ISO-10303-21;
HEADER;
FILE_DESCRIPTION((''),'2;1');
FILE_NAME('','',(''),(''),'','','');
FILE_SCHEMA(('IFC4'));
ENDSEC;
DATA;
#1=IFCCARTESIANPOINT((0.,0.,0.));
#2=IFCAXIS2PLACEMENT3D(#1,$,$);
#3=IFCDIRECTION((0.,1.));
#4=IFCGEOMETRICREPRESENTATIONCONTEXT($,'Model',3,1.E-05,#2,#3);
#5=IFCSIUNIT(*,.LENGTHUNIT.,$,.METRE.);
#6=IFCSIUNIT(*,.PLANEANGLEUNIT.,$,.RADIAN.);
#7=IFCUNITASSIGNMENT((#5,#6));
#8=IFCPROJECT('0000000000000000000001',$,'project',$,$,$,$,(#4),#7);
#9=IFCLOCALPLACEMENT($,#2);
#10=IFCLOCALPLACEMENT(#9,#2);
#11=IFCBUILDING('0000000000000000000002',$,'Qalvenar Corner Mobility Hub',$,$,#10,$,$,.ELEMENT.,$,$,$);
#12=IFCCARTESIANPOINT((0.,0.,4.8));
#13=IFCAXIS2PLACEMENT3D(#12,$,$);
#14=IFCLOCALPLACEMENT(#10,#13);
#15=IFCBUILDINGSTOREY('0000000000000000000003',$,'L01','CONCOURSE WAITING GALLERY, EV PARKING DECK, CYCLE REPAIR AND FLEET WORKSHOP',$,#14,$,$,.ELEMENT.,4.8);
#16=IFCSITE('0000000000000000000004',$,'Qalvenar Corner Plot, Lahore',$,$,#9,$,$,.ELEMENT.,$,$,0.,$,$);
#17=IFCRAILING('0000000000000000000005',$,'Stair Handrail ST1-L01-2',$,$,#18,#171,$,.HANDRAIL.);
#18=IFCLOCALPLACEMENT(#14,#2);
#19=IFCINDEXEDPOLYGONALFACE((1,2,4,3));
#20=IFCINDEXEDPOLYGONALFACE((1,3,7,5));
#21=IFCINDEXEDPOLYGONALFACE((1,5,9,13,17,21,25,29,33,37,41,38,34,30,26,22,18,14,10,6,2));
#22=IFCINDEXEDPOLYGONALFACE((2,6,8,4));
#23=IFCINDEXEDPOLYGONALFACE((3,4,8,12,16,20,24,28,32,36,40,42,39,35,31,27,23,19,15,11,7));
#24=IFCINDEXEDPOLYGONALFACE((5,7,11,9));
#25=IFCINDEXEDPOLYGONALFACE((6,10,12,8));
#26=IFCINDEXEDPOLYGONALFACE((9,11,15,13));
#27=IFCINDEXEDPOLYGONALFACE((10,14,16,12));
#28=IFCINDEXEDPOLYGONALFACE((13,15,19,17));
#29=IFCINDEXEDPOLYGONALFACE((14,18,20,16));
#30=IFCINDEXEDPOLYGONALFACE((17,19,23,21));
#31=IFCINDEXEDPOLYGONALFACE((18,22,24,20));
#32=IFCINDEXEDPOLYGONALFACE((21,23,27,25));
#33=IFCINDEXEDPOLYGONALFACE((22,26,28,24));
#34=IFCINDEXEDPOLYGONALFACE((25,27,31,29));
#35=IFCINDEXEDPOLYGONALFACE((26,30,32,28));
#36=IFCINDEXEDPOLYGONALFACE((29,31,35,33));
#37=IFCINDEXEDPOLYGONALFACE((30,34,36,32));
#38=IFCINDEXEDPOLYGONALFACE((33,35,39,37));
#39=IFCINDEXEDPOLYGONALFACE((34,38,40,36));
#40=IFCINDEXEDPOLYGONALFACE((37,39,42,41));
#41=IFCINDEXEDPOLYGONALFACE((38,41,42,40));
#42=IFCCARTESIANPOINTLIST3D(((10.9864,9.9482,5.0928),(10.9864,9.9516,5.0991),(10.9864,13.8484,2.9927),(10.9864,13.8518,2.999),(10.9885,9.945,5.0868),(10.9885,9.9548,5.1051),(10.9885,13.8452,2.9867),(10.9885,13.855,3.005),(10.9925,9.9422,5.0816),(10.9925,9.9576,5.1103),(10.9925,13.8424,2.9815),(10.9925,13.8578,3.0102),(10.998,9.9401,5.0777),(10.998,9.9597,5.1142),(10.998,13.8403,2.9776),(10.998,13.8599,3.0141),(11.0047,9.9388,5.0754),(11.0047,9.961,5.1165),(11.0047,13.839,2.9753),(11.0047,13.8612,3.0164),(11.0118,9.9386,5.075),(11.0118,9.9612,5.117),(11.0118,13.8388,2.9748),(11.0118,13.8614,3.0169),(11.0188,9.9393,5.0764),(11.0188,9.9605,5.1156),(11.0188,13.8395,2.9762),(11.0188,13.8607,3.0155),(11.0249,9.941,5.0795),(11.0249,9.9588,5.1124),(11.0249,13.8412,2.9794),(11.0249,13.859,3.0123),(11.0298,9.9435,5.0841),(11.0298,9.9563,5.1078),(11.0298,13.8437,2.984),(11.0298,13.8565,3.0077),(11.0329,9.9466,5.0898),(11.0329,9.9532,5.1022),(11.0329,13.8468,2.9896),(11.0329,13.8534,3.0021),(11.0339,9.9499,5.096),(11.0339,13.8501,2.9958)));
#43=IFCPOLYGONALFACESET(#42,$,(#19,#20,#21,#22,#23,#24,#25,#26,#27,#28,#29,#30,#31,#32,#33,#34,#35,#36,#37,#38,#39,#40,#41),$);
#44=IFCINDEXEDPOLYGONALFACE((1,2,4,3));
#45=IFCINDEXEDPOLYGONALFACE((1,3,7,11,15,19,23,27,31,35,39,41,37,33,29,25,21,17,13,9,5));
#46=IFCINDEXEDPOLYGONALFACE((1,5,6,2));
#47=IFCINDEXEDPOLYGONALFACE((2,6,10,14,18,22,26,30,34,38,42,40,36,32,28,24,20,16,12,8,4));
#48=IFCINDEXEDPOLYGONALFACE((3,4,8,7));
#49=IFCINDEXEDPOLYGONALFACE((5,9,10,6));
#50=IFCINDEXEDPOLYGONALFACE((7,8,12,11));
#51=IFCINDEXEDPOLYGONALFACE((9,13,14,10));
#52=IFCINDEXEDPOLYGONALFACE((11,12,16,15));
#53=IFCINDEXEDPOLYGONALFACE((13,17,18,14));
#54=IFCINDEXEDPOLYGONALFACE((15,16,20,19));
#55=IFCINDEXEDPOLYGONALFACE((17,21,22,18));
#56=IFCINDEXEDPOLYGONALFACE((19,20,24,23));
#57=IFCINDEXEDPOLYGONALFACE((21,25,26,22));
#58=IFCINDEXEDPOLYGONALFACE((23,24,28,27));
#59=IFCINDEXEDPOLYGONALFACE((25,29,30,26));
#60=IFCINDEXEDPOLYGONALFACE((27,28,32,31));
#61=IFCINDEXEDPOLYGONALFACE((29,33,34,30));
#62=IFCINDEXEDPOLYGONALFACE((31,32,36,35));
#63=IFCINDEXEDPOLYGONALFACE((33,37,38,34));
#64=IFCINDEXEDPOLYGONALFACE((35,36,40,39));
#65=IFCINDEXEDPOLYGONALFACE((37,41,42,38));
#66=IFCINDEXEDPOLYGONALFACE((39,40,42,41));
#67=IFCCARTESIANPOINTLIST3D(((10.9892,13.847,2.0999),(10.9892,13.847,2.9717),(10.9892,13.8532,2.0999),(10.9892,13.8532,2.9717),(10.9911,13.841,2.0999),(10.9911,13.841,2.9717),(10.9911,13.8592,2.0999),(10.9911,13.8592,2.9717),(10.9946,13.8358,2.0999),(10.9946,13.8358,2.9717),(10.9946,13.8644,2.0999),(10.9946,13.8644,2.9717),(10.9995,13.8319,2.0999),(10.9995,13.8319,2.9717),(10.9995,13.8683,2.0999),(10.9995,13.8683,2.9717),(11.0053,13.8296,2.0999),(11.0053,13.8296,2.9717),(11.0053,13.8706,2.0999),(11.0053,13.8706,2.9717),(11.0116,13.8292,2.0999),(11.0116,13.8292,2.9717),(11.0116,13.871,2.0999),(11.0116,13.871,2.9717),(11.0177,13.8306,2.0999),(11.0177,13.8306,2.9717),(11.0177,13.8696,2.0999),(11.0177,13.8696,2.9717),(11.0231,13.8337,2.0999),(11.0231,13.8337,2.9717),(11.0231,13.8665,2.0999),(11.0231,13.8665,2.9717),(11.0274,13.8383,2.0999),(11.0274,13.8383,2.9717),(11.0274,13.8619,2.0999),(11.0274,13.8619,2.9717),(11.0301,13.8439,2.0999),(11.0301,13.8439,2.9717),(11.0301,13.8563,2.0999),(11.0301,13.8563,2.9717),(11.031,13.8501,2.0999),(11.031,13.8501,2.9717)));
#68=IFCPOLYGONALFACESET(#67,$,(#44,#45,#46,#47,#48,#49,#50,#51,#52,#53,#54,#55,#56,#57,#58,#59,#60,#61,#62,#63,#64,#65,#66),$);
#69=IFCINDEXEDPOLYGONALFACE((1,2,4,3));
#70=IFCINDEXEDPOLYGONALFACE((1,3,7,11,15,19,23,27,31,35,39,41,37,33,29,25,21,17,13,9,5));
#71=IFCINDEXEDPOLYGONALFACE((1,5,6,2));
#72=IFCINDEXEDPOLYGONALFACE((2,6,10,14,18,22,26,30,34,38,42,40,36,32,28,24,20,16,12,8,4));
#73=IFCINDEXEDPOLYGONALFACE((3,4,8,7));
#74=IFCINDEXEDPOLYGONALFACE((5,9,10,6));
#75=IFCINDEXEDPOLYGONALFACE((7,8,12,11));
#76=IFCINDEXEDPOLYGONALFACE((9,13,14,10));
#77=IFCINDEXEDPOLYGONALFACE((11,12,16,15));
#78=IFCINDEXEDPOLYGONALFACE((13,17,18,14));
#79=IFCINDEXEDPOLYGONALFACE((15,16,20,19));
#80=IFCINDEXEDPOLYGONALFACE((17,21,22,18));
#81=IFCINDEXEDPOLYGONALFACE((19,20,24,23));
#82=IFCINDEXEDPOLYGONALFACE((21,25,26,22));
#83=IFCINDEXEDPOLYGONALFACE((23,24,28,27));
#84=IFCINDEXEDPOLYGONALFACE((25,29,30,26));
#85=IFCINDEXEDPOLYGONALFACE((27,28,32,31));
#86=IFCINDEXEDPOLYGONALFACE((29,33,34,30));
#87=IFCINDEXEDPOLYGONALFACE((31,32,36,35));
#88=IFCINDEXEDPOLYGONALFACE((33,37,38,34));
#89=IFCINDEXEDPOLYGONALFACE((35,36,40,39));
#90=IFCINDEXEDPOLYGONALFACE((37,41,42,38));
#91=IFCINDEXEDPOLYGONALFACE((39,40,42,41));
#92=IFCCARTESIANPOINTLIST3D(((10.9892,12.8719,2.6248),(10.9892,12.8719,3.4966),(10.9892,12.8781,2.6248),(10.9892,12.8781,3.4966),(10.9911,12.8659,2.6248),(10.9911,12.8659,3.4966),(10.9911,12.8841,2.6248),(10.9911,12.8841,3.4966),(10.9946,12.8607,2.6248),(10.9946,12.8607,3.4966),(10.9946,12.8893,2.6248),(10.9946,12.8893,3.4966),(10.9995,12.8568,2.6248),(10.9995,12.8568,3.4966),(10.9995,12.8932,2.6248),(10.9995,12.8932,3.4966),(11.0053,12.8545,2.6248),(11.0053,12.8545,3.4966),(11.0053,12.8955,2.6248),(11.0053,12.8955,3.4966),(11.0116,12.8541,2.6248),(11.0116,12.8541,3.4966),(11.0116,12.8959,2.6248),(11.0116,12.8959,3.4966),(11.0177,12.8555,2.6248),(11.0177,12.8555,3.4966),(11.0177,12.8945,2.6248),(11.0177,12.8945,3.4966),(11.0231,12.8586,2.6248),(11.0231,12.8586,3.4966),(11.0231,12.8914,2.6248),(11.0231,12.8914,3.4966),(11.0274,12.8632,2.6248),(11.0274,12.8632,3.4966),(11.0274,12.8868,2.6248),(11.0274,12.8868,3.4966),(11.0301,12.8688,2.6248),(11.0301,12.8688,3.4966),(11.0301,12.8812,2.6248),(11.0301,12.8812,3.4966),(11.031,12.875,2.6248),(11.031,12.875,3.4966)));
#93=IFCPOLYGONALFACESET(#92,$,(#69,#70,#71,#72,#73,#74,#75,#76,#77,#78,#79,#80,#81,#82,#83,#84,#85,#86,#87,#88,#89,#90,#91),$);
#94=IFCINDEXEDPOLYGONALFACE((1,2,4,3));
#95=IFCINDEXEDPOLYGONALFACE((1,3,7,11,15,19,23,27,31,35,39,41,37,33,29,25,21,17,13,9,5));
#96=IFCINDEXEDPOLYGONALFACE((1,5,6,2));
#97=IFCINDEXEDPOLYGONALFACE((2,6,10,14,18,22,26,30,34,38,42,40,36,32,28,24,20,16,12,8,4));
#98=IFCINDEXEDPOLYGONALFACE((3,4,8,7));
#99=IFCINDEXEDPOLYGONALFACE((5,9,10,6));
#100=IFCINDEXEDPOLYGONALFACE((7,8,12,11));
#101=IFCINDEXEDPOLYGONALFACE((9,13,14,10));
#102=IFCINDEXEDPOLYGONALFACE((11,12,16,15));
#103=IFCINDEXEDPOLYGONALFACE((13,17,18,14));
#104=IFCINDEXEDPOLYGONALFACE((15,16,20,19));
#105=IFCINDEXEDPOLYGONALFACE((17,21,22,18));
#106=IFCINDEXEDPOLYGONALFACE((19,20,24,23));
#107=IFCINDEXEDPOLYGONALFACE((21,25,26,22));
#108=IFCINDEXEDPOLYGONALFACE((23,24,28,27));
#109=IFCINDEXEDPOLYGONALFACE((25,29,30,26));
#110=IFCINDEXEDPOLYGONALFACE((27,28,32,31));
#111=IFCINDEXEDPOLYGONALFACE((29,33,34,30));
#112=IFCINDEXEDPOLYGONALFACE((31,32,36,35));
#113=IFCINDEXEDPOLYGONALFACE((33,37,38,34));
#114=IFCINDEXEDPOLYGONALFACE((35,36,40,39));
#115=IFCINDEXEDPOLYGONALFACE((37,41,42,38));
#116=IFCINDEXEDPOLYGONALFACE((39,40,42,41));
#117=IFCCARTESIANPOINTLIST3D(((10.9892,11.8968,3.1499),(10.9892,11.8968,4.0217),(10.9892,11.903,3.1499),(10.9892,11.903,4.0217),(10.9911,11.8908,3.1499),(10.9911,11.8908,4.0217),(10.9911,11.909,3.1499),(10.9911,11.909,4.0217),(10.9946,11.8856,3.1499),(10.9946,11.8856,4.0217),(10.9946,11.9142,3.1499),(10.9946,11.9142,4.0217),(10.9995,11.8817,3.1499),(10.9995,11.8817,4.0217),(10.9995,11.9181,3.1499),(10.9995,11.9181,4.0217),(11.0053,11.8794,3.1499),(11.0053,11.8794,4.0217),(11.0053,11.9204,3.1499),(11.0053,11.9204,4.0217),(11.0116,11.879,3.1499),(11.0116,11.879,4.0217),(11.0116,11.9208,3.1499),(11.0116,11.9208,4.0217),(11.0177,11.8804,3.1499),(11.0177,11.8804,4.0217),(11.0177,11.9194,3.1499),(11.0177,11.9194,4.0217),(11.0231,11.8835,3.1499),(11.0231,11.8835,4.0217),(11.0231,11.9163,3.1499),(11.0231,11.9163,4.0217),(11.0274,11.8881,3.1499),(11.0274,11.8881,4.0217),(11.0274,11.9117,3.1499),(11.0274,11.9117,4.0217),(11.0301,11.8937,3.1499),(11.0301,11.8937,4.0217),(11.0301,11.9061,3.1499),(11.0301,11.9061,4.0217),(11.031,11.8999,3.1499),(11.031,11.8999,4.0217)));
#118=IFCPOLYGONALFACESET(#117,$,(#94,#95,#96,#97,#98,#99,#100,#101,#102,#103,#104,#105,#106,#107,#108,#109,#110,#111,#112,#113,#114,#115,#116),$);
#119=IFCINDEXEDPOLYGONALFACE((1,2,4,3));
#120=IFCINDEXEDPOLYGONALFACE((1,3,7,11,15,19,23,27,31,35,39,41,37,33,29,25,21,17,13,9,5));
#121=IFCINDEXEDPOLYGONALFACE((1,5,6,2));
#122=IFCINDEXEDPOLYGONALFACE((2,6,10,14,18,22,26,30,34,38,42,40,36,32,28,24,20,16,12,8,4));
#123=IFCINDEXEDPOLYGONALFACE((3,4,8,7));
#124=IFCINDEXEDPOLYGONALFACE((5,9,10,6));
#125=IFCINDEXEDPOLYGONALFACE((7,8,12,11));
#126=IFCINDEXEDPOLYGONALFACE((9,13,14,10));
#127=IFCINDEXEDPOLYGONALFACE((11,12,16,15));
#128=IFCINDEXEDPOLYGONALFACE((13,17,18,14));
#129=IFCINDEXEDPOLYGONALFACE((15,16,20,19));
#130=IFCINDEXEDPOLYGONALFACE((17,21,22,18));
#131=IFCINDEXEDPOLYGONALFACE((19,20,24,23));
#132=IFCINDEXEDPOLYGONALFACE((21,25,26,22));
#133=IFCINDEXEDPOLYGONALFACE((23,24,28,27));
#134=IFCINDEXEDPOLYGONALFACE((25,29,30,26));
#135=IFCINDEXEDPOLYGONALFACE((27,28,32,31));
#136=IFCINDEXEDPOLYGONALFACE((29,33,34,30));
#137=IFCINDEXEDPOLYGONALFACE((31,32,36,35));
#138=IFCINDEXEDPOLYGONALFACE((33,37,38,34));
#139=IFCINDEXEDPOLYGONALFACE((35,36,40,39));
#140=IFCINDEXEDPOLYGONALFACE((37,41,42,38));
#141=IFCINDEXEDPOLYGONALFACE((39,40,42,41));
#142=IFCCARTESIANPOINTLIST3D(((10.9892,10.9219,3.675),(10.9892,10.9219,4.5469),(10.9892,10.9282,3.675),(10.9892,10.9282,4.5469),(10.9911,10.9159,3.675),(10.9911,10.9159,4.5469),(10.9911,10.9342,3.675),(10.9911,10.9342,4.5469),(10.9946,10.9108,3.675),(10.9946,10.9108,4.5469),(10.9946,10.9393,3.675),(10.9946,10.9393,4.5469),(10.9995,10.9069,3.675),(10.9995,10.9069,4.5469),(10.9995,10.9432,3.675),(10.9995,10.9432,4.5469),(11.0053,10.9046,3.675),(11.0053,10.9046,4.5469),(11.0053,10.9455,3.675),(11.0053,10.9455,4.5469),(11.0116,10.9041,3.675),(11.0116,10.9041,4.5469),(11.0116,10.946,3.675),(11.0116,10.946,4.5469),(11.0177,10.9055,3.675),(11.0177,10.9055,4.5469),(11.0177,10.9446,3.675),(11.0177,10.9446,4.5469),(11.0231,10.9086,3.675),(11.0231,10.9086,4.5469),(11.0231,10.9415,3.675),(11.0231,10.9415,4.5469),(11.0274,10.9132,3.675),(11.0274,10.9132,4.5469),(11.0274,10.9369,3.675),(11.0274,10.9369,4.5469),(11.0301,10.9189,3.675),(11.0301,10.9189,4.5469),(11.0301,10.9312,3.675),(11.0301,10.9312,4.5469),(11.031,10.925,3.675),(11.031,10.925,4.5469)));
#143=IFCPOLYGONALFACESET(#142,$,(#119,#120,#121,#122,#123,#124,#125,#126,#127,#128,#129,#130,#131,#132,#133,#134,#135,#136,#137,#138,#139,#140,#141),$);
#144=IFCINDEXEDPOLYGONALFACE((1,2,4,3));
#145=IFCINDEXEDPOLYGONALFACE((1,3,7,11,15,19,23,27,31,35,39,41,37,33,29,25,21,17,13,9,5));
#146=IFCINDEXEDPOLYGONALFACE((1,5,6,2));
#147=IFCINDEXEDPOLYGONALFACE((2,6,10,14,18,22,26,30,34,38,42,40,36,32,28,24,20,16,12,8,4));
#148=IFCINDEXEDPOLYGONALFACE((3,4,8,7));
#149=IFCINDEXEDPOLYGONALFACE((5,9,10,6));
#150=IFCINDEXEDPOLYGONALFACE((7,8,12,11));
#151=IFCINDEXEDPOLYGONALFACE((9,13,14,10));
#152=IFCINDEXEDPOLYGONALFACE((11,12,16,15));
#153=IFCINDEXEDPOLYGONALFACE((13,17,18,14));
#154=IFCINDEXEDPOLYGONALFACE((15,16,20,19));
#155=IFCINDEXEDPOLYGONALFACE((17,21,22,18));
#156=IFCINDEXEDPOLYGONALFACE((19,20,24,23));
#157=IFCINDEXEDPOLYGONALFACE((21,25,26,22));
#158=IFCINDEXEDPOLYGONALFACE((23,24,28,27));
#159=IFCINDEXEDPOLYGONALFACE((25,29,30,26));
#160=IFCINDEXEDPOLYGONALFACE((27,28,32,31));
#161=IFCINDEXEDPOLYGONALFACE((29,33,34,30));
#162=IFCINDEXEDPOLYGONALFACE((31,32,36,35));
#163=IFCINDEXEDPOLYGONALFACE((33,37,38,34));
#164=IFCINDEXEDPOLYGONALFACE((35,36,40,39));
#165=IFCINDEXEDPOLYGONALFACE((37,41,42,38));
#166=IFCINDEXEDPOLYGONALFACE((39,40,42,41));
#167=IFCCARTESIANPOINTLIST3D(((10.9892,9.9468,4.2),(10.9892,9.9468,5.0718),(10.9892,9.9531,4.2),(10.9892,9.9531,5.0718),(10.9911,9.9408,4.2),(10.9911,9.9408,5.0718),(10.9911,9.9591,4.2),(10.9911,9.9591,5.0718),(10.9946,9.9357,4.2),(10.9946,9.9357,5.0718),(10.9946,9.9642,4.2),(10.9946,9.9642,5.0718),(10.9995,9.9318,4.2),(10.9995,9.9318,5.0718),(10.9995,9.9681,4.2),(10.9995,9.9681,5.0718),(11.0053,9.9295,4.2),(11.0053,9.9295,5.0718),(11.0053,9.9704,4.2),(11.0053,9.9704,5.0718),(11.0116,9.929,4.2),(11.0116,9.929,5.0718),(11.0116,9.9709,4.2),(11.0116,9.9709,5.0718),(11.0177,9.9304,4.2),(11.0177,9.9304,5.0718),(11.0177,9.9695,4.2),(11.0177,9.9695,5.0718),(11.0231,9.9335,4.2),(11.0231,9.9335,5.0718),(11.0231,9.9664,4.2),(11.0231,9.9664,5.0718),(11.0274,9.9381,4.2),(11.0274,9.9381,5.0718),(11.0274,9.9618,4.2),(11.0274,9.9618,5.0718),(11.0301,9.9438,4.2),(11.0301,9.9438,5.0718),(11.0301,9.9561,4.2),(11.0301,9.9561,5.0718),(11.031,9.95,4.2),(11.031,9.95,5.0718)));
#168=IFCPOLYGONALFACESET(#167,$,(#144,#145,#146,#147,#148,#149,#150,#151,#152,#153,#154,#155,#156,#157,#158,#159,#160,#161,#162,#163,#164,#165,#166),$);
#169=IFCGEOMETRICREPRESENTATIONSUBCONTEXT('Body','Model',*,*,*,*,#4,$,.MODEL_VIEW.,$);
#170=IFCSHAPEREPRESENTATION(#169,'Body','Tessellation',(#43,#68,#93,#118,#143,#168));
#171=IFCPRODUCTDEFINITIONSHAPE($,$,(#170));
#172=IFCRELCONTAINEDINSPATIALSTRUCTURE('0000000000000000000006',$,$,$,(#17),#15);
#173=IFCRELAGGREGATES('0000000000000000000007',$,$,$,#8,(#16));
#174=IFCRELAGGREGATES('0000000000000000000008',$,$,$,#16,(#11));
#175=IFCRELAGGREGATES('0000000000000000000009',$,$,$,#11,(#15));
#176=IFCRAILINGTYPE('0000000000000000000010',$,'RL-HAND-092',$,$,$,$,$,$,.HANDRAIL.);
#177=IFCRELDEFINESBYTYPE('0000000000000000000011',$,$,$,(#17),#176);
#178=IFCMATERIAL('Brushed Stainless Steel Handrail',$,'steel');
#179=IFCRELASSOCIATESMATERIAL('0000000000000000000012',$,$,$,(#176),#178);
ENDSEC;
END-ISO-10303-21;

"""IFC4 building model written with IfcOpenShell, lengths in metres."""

from ifc_helpers import new_model, si_unit, direction, frame, origin, origin_2d, place, context, subcontext, project, spatial, circle, extrude, material, type_object, element, save


model = new_model("IFC4")

# Units and contexts
model_context = context("Model", 3, precision=1e-05, world=origin(), true_north=direction((0.0, 1.0)))
body_context = subcontext(model_context, "Body", "Model", "MODEL_VIEW")
ifc_project = project(units=[si_unit("LENGTHUNIT", "METRE"), si_unit("PLANEANGLEUNIT", "RADIAN")], contexts=[model_context])

# Site, building, storey
site_placement = place(None, origin())
site = spatial("IfcSite", under=ifc_project, at=site_placement, Name="Qalvenar Corner Plot, Lahore", CompositionType="ELEMENT", RefElevation=0.0)
building_placement = place(site_placement, origin())
building = spatial("IfcBuilding", under=site, at=building_placement, Name="Qalvenar Corner Mobility Hub", CompositionType="ELEMENT")
storey_placement = place(building_placement, frame((0.0, 0.0, 4.8)))
storey = spatial("IfcBuildingStorey", under=building, at=storey_placement, Name="L01", Description="CONCOURSE WAITING GALLERY, EV PARKING DECK, CYCLE REPAIR AND FLEET WORKSHOP", CompositionType="ELEMENT", Elevation=4.8)

# Railing
ifc_material_1 = material(Name="Brushed Stainless Steel Handrail", Category="steel")
railing_type_1 = type_object("IfcRailingType", Name="RL-HAND-092", PredefinedType="HANDRAIL", material=ifc_material_1)
railing_1_placement = place(storey_placement, frame((11.01, 13.8501, 2.0999)))
element("IfcRailing", 1, at=railing_1_placement, inside=storey, type_object=railing_type_1, Name="Stair Handrail ST1-L01-2", PredefinedType="HANDRAIL", context=body_context, shape_type="SweptSolid", body=[
    extrude(circle(Radius=0.0239, at=origin_2d()), frame((0.0, 0.0, 0.896), z_axis=(0.0, -0.880469, 0.474103), x_axis=(1.0, 0.0, 0.0)), (0.0, 0.0, 1.0), 4.4297),
    extrude(circle(Radius=0.021, at=origin_2d()), origin(), (0.0, 0.0, 1.0), 0.8718),
    extrude(circle(Radius=0.021, at=origin_2d()), frame((0.0, -0.9751, 0.5249)), (0.0, 0.0, 1.0), 0.8718),
    extrude(circle(Radius=0.021, at=origin_2d()), frame((0.0, -1.9502, 1.05)), (0.0, 0.0, 1.0), 0.8718),
    extrude(circle(Radius=0.021, at=origin_2d()), frame((0.0, -2.925, 1.5752)), (0.0, 0.0, 1.0), 0.8718),
    extrude(circle(Radius=0.021, at=origin_2d()), frame((0.0, -3.9001, 2.1001)), (0.0, 0.0, 1.0), 0.8718),
])

save(model, "model.ifc")
